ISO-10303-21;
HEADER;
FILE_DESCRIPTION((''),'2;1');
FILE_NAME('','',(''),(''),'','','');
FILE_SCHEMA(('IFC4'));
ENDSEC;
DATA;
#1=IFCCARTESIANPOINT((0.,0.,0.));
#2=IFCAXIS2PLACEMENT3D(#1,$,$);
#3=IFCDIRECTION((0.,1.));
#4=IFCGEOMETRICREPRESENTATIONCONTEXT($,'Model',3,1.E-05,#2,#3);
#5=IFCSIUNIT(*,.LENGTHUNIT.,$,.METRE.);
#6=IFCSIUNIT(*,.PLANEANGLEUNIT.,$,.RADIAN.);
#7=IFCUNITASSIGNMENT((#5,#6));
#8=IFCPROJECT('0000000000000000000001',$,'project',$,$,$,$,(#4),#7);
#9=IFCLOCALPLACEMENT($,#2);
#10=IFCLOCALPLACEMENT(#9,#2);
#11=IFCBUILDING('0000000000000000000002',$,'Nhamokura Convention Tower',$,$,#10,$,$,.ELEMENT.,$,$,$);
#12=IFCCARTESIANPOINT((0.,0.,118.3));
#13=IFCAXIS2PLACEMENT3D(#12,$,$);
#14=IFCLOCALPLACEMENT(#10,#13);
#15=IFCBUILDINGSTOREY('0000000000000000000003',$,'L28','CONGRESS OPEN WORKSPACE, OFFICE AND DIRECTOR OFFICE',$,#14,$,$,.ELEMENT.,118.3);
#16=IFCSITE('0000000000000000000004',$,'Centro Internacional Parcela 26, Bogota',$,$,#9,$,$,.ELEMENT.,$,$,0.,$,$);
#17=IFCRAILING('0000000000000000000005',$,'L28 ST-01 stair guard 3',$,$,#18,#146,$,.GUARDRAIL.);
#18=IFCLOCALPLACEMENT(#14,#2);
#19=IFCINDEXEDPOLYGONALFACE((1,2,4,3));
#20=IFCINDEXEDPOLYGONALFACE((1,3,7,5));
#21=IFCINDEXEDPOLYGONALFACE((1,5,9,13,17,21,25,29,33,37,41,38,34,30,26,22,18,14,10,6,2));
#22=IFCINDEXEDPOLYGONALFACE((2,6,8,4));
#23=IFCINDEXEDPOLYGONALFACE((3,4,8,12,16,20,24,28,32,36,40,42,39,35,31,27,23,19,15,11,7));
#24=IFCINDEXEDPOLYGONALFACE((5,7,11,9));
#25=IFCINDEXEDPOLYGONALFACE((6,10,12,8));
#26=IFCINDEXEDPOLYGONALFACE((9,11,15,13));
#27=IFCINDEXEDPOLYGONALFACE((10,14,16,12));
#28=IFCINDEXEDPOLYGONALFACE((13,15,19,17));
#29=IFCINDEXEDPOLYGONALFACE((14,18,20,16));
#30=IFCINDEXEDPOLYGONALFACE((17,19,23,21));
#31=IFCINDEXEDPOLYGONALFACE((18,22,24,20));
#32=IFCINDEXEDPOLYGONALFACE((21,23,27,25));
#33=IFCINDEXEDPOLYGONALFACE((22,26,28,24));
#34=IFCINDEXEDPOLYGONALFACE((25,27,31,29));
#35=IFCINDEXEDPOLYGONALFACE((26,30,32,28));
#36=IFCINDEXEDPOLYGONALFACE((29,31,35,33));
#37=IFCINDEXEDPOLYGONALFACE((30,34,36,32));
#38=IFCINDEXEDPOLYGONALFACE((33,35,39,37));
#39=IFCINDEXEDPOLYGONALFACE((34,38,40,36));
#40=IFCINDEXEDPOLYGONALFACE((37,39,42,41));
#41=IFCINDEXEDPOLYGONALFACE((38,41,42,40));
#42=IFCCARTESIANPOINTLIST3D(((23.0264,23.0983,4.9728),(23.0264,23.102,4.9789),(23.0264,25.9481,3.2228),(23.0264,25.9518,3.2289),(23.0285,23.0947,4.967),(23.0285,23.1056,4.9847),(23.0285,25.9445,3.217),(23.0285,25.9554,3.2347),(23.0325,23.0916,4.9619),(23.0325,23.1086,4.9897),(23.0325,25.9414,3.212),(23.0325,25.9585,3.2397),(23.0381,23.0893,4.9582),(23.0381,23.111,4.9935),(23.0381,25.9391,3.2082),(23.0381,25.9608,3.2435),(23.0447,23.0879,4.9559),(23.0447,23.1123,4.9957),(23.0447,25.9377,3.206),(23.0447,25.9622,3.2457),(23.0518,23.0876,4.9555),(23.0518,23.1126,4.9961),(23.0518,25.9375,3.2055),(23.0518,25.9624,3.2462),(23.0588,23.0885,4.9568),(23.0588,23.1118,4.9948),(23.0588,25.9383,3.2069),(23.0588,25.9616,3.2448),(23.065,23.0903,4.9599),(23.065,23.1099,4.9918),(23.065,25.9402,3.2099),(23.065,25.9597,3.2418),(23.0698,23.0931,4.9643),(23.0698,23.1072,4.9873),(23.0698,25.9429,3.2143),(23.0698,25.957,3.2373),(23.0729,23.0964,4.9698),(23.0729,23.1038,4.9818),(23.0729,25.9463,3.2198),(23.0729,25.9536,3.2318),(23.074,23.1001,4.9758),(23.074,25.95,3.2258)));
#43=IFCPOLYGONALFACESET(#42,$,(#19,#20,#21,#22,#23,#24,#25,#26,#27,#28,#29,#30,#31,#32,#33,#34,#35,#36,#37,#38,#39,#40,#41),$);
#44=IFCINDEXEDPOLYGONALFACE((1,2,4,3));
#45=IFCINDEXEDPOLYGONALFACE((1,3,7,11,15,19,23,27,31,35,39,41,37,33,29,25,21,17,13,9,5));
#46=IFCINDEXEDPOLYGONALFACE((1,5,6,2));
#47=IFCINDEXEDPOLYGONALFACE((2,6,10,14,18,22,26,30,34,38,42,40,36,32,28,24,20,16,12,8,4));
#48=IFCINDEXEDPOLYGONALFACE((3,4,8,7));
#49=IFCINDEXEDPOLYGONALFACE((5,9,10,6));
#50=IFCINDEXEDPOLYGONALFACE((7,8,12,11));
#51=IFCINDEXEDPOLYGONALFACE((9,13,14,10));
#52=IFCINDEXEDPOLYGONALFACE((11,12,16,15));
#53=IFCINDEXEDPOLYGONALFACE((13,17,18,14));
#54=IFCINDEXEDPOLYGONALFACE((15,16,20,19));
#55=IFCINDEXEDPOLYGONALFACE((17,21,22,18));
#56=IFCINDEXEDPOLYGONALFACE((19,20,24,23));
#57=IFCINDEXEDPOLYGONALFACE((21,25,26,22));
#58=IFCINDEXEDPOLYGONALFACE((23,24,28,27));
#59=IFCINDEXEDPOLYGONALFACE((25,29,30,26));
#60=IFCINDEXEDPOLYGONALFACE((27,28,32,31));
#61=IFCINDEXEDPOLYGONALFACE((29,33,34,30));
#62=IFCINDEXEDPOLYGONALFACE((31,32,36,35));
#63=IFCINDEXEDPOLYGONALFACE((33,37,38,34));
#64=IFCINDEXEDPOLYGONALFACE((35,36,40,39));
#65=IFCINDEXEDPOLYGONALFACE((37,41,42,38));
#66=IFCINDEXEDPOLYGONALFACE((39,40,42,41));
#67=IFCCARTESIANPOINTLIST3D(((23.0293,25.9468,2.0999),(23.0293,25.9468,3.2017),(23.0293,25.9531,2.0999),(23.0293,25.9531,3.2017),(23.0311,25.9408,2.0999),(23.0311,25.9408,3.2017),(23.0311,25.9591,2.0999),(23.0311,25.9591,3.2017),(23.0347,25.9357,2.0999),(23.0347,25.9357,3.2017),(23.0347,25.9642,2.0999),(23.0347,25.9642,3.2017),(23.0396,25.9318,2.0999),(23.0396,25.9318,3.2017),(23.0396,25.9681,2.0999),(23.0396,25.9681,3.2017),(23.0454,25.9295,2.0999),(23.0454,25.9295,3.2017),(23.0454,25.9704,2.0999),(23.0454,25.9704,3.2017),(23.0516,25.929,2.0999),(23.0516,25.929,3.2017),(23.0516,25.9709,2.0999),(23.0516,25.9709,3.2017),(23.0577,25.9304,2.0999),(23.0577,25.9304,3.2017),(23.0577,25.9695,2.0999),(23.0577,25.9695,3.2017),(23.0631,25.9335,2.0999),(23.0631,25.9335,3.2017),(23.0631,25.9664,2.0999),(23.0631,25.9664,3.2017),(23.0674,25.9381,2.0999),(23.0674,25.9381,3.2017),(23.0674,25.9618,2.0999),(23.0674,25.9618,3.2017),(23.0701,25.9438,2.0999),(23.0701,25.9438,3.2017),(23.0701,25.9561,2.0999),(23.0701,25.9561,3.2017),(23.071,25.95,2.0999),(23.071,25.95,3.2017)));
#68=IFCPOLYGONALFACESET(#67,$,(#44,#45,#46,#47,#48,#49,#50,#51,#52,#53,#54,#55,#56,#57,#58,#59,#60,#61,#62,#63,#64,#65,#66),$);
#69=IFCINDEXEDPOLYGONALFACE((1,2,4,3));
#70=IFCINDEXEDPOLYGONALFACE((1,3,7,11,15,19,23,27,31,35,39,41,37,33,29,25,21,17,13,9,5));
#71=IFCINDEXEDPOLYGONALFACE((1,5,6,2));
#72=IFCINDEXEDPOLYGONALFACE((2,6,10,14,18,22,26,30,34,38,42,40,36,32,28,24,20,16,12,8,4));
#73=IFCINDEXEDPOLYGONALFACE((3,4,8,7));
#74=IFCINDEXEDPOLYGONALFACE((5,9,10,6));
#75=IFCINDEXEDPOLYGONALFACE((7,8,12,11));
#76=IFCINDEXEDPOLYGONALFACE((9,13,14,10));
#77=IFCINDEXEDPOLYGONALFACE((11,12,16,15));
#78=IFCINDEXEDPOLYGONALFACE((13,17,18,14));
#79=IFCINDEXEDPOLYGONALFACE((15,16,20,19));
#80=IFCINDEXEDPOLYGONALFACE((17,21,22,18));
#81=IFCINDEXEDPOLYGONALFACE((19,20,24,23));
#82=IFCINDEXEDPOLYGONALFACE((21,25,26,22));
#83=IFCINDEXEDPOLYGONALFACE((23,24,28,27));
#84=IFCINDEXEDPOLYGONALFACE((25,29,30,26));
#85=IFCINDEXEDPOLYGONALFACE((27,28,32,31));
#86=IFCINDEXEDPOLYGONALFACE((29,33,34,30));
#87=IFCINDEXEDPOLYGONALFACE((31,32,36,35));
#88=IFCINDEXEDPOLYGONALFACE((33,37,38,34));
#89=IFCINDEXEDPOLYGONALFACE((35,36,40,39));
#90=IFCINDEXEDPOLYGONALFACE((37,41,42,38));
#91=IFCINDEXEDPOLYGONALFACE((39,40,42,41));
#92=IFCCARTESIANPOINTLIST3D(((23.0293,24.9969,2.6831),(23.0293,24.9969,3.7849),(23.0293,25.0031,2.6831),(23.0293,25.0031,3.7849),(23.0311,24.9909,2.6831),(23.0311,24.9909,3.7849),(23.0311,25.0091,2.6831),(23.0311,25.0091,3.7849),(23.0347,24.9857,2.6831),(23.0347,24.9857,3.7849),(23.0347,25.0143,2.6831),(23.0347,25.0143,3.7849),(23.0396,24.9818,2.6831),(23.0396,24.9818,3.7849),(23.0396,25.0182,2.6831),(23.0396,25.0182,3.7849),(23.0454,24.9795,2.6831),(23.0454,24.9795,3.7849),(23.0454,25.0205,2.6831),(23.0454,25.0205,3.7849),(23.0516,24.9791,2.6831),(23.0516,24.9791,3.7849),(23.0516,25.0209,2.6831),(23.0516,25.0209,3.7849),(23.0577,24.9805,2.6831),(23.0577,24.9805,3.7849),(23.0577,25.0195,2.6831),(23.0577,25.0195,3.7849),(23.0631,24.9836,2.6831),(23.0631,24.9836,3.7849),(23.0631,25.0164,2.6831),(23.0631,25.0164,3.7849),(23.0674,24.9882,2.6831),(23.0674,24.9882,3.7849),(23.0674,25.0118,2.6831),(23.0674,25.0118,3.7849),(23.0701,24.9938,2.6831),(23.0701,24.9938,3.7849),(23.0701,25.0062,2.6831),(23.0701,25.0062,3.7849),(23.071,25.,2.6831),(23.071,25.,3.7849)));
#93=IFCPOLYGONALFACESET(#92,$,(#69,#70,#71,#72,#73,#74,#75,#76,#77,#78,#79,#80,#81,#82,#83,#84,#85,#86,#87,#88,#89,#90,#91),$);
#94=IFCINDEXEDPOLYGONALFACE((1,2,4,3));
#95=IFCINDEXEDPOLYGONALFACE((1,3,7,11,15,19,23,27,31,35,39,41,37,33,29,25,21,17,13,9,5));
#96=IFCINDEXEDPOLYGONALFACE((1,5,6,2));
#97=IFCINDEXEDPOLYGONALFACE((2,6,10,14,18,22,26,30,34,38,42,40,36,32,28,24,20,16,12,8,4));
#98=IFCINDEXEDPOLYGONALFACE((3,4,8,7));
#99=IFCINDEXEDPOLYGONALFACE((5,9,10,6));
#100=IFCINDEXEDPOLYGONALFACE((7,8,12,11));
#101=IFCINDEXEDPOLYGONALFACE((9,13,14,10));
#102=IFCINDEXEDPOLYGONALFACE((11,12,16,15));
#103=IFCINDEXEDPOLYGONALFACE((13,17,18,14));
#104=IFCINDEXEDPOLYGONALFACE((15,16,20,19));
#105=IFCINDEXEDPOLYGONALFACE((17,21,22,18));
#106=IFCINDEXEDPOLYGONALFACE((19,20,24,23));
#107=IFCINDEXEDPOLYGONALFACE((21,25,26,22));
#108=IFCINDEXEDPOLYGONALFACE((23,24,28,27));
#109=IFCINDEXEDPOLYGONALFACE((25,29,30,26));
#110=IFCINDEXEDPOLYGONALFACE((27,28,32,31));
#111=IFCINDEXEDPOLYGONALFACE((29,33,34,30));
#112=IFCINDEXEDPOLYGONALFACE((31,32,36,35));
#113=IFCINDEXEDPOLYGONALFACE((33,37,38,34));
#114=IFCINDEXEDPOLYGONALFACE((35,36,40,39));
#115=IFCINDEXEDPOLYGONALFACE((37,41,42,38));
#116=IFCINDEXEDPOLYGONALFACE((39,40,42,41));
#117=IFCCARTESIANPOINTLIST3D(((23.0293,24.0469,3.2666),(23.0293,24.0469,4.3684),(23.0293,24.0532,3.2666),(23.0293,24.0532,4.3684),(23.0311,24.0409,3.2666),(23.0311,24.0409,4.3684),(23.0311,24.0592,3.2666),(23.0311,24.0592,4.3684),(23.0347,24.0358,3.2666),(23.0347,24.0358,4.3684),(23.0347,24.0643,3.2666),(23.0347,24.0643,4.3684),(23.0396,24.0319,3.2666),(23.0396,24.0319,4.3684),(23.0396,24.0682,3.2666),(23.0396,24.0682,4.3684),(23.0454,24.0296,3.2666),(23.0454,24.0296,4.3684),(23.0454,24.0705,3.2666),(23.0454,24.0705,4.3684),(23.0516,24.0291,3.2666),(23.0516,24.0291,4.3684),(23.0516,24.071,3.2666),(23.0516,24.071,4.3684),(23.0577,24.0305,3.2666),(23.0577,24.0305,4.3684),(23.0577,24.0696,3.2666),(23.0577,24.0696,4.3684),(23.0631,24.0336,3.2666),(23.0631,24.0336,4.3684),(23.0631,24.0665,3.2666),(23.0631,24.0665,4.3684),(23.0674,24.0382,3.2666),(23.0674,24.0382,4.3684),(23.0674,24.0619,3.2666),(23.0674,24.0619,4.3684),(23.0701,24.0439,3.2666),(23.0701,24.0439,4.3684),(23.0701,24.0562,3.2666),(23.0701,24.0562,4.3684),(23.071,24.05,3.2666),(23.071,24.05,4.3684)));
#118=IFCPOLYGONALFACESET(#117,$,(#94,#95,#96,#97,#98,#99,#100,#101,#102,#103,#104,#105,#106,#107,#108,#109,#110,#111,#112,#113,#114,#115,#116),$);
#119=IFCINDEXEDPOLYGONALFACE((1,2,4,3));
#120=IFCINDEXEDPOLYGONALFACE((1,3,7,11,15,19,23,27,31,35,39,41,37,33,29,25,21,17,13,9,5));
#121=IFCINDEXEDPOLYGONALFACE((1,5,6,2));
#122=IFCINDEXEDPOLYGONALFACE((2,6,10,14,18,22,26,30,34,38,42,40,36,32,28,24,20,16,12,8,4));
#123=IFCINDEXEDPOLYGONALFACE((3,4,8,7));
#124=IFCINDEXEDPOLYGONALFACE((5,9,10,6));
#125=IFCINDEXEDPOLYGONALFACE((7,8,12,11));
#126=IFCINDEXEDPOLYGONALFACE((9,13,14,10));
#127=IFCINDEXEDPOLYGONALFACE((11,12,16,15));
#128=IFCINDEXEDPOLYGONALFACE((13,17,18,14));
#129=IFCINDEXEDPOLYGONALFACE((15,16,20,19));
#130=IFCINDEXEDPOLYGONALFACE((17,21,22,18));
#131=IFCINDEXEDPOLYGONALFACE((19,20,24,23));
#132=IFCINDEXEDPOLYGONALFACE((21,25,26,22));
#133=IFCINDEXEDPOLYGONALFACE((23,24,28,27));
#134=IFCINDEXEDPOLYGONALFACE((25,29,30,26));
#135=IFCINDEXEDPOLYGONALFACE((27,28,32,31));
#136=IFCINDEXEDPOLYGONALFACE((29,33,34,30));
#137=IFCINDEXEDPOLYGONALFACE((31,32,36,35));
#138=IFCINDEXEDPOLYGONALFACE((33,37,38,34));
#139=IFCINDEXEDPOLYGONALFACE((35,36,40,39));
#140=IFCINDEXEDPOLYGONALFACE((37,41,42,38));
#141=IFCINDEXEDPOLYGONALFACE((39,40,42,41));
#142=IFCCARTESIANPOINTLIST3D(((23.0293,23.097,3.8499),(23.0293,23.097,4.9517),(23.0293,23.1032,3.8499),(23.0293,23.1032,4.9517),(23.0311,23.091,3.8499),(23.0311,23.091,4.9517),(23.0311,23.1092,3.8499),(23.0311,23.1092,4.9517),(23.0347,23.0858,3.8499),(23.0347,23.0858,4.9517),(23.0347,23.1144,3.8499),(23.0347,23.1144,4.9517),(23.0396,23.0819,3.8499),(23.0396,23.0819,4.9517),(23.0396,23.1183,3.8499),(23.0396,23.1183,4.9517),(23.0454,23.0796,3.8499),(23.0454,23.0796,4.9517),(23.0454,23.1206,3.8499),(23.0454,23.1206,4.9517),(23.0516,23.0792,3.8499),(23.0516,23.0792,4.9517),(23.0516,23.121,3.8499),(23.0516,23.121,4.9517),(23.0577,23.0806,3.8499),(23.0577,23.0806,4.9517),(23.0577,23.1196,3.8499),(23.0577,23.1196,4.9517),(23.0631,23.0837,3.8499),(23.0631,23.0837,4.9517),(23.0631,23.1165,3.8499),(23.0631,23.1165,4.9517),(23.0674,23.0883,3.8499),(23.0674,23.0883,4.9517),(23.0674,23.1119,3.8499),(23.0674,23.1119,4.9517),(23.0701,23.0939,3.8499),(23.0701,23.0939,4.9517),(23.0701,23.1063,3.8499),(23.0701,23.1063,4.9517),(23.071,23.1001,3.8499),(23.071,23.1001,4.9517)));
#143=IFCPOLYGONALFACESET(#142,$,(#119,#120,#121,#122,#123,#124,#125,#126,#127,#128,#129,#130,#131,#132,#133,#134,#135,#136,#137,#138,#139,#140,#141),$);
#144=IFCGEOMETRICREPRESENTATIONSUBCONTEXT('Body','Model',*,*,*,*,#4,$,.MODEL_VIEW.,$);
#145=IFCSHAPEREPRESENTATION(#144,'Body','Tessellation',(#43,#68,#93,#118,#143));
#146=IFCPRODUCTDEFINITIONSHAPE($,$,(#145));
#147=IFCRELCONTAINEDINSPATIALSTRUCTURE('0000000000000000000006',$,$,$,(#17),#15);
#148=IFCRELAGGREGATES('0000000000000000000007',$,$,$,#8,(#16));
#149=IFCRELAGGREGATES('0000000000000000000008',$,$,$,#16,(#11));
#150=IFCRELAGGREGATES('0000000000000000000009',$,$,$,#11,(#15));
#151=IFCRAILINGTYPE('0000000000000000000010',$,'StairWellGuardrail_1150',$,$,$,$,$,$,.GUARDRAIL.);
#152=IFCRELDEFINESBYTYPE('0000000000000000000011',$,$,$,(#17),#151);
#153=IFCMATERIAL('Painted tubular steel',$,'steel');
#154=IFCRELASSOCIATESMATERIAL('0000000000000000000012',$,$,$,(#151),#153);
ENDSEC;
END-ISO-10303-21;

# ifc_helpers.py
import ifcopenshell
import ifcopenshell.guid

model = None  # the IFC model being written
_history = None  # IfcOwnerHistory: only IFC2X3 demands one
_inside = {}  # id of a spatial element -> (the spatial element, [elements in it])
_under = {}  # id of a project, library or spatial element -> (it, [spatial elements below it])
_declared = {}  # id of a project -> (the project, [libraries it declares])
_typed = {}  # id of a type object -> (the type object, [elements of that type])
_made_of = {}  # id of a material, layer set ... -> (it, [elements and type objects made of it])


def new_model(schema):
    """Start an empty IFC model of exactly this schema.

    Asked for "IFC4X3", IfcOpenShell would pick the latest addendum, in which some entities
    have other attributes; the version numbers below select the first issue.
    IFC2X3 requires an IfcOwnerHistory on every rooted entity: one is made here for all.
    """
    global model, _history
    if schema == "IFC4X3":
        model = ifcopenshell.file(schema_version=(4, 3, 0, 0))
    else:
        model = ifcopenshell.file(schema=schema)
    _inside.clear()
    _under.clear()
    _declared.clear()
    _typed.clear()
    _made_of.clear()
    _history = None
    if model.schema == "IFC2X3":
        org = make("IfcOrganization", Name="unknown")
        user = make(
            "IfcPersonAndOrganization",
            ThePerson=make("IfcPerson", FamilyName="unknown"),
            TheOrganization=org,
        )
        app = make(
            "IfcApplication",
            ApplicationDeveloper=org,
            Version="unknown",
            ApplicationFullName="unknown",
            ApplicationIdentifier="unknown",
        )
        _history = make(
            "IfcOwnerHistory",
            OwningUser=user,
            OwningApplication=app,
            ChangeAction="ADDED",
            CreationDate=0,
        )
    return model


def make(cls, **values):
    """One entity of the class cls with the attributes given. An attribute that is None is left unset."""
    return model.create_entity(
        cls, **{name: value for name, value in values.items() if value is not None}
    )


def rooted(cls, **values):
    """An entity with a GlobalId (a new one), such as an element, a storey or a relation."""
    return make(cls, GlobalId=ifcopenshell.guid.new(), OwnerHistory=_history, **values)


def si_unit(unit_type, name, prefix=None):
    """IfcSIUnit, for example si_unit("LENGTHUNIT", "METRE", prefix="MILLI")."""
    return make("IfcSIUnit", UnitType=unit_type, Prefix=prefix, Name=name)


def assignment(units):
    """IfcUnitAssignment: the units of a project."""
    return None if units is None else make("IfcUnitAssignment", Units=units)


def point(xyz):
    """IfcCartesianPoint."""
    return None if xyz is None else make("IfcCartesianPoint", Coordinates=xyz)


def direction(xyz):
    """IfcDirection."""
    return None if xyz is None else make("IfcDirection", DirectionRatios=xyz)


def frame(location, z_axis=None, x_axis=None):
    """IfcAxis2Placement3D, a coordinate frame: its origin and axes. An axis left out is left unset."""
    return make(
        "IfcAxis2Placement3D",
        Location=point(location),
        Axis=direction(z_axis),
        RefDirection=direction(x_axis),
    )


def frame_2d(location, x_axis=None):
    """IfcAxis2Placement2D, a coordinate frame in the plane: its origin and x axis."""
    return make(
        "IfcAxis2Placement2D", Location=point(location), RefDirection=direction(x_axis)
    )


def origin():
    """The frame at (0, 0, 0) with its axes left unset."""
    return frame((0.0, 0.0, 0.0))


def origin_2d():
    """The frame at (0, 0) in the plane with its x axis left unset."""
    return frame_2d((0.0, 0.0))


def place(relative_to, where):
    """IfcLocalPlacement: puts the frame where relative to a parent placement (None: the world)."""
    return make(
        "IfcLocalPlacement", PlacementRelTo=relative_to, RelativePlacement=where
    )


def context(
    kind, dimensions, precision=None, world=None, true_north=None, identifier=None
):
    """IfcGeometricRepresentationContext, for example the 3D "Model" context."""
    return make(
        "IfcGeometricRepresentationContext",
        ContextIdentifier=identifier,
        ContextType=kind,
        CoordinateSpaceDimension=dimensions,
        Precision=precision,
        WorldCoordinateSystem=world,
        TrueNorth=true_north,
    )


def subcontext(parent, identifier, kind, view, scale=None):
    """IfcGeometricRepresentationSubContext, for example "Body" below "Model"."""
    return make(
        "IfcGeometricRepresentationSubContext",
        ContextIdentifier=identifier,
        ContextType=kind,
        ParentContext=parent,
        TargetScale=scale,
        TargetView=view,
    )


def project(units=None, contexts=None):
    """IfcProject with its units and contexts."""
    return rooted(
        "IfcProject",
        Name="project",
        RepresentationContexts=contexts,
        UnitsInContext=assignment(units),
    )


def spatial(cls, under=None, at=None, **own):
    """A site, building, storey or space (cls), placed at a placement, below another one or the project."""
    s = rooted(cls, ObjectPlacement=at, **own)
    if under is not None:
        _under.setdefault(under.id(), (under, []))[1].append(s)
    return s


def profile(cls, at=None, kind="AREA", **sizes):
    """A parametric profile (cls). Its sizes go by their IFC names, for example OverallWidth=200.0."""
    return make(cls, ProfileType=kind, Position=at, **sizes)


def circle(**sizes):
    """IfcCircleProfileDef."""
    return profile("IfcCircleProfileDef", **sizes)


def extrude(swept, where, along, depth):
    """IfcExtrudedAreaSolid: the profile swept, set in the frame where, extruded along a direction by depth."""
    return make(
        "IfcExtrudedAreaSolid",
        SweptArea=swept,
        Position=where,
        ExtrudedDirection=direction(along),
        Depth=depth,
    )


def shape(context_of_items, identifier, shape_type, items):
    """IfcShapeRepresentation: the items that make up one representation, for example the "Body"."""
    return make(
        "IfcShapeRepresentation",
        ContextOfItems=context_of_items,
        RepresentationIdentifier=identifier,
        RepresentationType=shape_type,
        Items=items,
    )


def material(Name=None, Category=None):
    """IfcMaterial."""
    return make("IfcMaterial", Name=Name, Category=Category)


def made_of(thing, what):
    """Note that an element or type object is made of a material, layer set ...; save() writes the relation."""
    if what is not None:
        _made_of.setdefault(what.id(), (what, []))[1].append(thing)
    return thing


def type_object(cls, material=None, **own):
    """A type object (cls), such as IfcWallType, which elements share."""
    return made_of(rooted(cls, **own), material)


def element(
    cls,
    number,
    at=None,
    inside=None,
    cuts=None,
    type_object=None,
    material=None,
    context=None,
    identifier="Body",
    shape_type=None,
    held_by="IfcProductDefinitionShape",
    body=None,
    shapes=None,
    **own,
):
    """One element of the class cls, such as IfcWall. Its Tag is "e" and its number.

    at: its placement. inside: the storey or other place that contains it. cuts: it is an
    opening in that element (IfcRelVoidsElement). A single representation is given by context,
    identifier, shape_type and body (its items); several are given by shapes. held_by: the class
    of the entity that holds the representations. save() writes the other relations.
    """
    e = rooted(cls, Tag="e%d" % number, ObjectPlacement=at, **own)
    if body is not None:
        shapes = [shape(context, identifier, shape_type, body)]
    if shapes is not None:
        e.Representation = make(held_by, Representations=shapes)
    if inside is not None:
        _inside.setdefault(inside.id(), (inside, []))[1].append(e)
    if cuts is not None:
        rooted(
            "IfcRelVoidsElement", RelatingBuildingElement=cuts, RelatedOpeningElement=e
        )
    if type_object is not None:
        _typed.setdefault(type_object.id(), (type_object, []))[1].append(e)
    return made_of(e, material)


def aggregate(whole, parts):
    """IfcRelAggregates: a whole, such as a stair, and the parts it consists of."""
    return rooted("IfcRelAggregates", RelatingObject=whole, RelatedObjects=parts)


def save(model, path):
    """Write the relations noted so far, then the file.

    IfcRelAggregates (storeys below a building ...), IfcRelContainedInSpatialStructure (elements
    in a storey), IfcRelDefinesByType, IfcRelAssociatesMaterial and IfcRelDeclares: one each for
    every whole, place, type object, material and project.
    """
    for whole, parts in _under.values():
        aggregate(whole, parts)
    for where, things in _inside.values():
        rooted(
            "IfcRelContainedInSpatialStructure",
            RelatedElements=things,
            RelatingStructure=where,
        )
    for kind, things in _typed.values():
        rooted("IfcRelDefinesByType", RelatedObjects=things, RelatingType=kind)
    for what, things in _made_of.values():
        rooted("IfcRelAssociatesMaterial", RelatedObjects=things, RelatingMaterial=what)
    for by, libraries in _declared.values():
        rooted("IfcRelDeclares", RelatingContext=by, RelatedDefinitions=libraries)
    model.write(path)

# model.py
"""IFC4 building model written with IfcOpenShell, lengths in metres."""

from ifc_helpers import new_model, si_unit, direction, frame, origin, origin_2d, place, context, subcontext, project, spatial, circle, extrude, material, type_object, element, save


model = new_model("IFC4")

# Units and contexts
model_context = context("Model", 3, precision=1e-05, world=origin(), true_north=direction((0.0, 1.0)))
body_context = subcontext(model_context, "Body", "Model", "MODEL_VIEW")
ifc_project = project(units=[si_unit("LENGTHUNIT", "METRE"), si_unit("PLANEANGLEUNIT", "RADIAN")], contexts=[model_context])

# Site, building, storey
site_placement = place(None, origin())
site = spatial("IfcSite", under=ifc_project, at=site_placement, Name="Centro Internacional Parcela 26, Bogota", CompositionType="ELEMENT", RefElevation=0.0)
building_placement = place(site_placement, origin())
building = spatial("IfcBuilding", under=site, at=building_placement, Name="Nhamokura Convention Tower", CompositionType="ELEMENT")
storey_placement = place(building_placement, frame((0.0, 0.0, 118.3)))
storey = spatial("IfcBuildingStorey", under=building, at=storey_placement, Name="L28", Description="CONGRESS OPEN WORKSPACE, OFFICE AND DIRECTOR OFFICE", CompositionType="ELEMENT", Elevation=118.3)

# Railing
ifc_material_1 = material(Name="Painted tubular steel", Category="steel")
railing_type_1 = type_object("IfcRailingType", Name="StairWellGuardrail_1150", PredefinedType="GUARDRAIL", material=ifc_material_1)
railing_1_placement = place(storey_placement, frame((23.05, 25.95, 2.0999)))
element("IfcRailing", 1, at=railing_1_placement, inside=storey, type_object=railing_type_1, Name="L28 ST-01 stair guard 3", PredefinedType="GUARDRAIL", context=body_context, shape_type="SweptSolid", body=[
    extrude(circle(Radius=0.0239, at=origin_2d()), frame((0.0, 0.0, 1.126), z_axis=(0.0, -0.852159, 0.523283), x_axis=(1.0, 0.0, 0.0)), (0.0, 0.0, 1.0), 3.3442),
    extrude(circle(Radius=0.021, at=origin_2d()), origin(), (0.0, 0.0, 1.0), 1.1018),
    extrude(circle(Radius=0.021, at=origin_2d()), frame((0.0, -0.95, 0.5833)), (0.0, 0.0, 1.0), 1.1018),
    extrude(circle(Radius=0.021, at=origin_2d()), frame((0.0, -1.8999, 1.1667)), (0.0, 0.0, 1.0), 1.1018),
    extrude(circle(Radius=0.021, at=origin_2d()), frame((0.0, -2.8499, 1.75)), (0.0, 0.0, 1.0), 1.1018),
])

save(model, "model.ifc")
